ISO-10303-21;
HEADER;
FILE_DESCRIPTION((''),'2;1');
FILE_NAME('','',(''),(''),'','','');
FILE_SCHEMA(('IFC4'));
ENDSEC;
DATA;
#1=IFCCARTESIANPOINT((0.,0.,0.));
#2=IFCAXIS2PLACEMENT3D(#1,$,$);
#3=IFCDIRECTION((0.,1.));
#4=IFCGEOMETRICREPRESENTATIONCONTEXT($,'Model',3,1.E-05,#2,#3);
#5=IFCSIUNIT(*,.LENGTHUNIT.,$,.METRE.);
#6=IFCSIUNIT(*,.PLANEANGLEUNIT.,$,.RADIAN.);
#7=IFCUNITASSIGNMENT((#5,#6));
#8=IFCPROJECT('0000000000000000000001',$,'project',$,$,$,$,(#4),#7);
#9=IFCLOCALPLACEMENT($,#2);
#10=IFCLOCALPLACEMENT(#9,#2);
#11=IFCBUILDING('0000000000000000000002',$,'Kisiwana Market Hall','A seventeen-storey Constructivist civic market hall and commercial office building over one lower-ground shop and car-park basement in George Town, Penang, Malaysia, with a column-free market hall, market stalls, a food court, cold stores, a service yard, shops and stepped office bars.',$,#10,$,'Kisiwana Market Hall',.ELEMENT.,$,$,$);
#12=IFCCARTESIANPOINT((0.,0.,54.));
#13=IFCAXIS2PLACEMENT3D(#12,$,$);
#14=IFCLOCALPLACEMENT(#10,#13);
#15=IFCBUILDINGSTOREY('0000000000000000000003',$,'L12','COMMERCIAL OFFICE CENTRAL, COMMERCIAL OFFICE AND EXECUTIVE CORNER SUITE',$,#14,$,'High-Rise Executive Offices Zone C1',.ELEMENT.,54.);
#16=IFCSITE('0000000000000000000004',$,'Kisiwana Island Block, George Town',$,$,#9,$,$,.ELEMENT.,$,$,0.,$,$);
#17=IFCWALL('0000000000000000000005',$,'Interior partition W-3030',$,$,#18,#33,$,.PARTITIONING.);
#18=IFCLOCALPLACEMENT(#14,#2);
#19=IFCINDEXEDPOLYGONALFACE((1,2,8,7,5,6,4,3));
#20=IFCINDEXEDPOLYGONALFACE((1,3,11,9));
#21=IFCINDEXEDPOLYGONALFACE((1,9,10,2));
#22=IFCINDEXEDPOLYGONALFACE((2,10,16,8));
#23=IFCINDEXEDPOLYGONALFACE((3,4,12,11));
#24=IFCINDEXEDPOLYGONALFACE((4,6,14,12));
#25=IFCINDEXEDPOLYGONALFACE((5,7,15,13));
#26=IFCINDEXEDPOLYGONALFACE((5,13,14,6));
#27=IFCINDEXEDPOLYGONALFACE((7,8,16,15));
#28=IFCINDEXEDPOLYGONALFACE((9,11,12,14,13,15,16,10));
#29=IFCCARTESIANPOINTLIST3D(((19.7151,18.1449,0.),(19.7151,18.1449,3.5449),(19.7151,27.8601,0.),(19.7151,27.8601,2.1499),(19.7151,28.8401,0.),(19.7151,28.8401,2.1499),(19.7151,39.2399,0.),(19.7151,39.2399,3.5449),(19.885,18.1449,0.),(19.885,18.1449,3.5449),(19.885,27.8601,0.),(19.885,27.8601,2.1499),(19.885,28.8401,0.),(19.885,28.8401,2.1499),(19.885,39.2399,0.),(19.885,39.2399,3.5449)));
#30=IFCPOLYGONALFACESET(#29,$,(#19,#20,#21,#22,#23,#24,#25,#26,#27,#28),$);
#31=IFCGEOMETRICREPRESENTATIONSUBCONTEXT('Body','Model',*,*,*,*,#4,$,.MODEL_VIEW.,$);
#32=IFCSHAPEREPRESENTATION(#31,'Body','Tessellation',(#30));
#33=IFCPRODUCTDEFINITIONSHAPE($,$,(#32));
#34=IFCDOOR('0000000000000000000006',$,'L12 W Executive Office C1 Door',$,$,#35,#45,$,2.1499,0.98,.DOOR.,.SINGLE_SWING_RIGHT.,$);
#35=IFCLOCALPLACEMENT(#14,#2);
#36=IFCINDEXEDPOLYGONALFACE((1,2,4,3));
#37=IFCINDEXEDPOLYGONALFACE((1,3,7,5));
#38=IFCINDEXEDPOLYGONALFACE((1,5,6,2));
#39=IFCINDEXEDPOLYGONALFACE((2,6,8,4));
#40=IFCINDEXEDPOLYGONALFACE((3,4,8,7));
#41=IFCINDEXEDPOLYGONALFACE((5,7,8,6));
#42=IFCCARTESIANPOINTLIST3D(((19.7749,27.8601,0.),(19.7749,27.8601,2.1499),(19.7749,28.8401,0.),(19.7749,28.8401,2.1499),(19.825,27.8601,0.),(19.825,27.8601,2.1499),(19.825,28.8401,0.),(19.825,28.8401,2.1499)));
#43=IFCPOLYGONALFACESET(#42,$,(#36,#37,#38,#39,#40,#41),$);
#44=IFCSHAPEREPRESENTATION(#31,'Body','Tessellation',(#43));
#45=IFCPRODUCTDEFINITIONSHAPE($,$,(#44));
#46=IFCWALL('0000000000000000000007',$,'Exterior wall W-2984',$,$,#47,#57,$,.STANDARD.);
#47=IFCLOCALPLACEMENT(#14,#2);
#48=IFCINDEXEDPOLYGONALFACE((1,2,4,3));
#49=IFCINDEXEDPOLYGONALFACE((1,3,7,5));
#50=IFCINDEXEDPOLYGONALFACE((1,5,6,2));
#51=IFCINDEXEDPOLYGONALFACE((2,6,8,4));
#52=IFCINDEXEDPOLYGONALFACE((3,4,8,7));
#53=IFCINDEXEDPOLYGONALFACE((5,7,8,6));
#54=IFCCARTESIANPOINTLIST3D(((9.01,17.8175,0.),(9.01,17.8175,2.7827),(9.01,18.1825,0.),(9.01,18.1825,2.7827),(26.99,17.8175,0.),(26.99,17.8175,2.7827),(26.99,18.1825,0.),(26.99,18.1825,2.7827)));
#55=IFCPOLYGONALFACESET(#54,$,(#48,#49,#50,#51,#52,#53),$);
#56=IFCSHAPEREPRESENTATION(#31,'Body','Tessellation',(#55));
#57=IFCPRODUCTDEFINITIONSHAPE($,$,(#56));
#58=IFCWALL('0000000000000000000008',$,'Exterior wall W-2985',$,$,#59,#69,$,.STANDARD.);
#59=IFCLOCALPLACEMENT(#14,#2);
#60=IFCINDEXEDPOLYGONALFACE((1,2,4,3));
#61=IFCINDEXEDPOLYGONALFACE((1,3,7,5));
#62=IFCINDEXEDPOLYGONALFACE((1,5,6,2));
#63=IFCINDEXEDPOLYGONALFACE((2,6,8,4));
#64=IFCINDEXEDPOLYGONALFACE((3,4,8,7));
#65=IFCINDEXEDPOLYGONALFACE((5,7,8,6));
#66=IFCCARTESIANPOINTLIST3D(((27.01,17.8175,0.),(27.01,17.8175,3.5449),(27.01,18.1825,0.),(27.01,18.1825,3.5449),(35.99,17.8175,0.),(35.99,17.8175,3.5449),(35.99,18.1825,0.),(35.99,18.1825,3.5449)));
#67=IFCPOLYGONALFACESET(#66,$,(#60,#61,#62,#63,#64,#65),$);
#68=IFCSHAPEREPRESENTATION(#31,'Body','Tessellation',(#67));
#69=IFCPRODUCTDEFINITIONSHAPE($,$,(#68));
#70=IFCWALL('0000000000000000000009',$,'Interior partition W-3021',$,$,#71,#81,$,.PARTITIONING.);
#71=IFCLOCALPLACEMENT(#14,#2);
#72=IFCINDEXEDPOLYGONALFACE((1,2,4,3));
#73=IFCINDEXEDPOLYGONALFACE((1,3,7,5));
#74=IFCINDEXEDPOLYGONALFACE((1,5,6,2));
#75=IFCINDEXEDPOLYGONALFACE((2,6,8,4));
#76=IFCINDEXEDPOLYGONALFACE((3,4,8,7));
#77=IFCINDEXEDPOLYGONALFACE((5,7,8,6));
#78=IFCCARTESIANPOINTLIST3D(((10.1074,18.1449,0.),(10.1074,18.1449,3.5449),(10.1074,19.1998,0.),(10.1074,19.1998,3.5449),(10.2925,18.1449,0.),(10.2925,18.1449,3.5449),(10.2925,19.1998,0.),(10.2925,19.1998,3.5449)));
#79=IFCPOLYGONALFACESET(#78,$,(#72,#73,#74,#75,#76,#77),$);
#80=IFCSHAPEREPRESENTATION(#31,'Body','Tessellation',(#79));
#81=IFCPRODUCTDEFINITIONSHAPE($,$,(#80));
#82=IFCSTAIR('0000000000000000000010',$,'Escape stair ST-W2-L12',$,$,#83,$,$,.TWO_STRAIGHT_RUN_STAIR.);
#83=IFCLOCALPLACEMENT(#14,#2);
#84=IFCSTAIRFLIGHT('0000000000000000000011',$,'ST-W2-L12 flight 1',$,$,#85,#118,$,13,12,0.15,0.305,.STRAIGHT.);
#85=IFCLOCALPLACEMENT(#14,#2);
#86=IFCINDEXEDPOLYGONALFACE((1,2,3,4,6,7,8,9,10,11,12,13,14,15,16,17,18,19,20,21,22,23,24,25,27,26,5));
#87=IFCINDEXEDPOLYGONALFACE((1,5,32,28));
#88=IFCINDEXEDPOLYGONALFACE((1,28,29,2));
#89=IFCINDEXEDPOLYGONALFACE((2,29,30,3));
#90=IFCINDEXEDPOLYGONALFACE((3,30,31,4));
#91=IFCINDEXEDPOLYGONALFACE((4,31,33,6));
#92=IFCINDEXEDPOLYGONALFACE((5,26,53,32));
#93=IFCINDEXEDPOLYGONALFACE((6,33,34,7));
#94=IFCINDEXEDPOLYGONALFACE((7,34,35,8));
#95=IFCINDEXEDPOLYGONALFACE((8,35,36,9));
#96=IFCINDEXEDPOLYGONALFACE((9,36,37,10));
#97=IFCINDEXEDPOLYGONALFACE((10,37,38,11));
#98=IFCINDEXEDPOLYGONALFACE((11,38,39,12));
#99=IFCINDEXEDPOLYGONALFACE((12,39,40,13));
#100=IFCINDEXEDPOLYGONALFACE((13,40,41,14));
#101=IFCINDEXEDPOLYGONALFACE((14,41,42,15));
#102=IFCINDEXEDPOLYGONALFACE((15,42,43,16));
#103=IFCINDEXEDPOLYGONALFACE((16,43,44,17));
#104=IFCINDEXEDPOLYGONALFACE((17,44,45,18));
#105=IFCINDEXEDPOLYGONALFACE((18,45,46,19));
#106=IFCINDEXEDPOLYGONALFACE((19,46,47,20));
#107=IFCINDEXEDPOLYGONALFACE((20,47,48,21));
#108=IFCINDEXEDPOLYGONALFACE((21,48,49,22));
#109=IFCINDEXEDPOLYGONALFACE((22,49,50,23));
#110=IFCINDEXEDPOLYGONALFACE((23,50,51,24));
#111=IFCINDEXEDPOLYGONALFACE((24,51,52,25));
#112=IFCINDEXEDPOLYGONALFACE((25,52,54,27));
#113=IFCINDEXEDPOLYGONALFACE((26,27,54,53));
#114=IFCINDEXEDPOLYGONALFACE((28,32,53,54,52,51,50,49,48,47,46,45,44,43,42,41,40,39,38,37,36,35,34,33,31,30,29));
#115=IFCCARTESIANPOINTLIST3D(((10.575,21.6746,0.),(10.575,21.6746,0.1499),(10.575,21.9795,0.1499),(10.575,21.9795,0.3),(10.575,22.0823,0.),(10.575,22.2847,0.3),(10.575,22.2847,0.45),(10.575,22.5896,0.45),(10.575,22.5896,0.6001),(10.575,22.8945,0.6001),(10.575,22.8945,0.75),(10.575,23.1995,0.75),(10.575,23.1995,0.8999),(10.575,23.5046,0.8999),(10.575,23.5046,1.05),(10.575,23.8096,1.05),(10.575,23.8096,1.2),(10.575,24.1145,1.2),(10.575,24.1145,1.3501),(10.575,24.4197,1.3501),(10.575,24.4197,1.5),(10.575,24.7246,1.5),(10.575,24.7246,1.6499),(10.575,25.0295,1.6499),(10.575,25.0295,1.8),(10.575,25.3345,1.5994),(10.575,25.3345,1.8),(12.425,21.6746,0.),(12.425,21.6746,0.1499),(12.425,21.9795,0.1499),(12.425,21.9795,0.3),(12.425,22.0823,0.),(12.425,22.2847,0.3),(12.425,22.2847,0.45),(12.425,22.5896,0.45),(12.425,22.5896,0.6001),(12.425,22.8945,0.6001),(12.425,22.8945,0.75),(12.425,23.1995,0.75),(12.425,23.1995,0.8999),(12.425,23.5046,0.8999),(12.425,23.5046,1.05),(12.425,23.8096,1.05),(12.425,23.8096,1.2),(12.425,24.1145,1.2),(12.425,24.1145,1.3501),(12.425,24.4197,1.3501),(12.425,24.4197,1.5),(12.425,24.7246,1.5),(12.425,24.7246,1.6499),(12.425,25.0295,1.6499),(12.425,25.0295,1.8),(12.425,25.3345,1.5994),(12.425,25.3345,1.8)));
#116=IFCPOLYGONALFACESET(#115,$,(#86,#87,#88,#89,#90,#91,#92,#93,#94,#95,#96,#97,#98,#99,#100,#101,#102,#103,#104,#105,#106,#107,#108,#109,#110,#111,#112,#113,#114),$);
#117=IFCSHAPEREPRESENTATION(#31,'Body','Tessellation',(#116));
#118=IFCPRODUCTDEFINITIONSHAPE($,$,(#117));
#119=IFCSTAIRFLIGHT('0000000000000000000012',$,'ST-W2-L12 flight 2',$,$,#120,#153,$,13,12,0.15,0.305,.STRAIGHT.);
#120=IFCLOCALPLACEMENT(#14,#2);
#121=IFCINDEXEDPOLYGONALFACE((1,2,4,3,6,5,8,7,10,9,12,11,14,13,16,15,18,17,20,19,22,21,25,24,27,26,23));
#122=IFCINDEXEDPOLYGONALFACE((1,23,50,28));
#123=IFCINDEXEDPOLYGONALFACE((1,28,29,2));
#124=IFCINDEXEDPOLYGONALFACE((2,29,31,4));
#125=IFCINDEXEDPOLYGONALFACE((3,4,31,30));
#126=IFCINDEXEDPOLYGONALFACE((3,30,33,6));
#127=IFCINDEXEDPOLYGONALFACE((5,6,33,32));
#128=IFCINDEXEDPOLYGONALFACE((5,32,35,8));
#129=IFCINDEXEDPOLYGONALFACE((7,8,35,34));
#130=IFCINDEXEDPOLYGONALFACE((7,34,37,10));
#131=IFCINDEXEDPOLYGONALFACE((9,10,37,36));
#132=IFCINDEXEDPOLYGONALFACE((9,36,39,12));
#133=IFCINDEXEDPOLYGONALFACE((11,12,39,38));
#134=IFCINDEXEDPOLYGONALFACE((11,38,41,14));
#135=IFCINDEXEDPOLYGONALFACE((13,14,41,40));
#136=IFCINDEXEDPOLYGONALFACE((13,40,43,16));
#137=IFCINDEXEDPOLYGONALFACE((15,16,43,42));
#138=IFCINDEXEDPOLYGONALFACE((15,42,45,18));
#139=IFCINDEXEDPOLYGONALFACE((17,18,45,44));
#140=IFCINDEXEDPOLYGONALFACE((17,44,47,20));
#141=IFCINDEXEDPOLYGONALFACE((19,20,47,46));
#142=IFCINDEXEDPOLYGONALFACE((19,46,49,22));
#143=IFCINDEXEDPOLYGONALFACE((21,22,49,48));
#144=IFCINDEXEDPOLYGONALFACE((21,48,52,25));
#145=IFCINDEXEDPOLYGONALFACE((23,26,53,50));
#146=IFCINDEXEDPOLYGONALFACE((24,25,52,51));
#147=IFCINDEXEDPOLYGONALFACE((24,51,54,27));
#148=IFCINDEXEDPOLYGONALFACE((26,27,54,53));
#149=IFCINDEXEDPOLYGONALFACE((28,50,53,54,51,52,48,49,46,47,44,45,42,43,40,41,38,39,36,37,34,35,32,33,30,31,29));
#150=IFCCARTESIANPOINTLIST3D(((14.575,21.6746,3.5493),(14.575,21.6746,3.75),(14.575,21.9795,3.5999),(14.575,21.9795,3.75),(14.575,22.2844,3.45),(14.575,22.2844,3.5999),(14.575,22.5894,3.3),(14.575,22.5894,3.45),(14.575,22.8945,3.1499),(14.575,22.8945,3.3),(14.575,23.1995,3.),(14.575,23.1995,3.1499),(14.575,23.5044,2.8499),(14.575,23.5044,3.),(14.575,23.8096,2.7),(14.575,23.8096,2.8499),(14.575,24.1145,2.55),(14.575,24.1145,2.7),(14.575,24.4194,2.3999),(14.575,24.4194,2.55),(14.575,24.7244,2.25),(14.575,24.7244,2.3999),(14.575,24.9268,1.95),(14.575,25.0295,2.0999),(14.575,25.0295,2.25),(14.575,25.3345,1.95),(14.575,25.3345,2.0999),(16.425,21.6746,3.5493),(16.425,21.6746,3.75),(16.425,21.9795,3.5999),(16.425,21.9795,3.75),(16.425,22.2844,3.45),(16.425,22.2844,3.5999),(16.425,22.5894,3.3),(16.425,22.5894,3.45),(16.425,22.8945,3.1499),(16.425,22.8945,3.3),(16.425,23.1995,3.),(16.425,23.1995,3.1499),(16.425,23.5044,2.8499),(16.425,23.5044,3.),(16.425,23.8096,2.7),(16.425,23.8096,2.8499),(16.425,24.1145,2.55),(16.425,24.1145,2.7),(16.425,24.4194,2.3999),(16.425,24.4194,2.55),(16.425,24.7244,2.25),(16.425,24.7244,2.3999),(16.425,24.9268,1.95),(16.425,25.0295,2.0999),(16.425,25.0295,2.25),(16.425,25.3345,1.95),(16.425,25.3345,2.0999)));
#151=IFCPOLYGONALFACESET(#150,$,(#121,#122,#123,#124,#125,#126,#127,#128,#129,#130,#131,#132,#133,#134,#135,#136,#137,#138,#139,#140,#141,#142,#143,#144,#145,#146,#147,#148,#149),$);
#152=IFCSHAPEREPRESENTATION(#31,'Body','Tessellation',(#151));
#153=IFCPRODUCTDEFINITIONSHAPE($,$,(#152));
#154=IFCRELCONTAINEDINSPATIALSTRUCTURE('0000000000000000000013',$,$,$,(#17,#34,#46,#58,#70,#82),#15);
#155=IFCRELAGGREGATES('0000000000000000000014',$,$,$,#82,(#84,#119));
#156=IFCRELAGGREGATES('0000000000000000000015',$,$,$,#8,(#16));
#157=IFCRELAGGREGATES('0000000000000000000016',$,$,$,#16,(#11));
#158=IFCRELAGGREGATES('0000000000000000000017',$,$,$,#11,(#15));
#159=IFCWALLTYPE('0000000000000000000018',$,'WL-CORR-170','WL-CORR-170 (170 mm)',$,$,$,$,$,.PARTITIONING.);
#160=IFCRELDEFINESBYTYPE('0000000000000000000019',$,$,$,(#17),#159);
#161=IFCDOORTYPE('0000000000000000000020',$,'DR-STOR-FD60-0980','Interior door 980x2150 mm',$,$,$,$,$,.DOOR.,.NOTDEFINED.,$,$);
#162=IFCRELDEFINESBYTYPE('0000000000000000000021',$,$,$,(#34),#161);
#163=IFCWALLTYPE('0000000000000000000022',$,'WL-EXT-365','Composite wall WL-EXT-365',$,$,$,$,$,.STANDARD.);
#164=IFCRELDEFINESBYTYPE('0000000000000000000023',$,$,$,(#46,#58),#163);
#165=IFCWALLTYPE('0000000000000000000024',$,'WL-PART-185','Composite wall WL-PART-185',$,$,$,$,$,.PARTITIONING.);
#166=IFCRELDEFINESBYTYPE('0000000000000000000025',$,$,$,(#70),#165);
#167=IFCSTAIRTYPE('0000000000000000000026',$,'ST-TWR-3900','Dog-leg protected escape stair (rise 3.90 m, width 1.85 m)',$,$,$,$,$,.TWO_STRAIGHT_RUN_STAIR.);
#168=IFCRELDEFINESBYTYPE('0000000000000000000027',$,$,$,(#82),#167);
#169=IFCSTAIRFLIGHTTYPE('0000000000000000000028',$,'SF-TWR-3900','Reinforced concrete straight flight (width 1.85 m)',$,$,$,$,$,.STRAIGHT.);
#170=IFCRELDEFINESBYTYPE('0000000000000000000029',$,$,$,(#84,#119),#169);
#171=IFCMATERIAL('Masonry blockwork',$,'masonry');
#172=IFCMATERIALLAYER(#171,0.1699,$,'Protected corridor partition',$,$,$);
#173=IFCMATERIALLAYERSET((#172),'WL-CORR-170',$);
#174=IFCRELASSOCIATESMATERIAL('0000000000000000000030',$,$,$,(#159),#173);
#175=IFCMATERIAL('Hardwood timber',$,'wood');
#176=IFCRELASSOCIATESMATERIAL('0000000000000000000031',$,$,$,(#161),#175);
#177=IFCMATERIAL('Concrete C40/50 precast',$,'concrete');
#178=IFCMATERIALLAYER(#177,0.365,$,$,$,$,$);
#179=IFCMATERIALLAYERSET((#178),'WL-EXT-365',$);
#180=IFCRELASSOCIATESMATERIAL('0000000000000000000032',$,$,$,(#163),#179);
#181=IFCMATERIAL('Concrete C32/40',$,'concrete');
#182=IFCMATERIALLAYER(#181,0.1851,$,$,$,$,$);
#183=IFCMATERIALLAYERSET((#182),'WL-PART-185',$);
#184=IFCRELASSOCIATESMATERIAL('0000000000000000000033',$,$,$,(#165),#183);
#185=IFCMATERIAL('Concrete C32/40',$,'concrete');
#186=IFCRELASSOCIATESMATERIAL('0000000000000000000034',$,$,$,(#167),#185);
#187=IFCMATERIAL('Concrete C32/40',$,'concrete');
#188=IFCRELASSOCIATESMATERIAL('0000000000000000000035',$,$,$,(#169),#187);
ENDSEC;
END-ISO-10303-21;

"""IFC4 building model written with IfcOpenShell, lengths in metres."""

from ifc_helpers import new_model, si_unit, direction, frame, frame_2d, origin, place, context, subcontext, project, spatial, polyline, rectangle, outline, extrude, material, layer, layer_set, type_object, element, fill, aggregate, save


model = new_model("IFC4")

# Units and contexts
model_context = context("Model", 3, precision=1e-05, world=origin(), true_north=direction((0.0, 1.0)))
body_context = subcontext(model_context, "Body", "Model", "MODEL_VIEW")
ifc_project = project(units=[si_unit("LENGTHUNIT", "METRE"), si_unit("PLANEANGLEUNIT", "RADIAN")], contexts=[model_context])

# Site, building, storey
site_placement = place(None, origin())
site = spatial("IfcSite", under=ifc_project, at=site_placement, Name="Kisiwana Island Block, George Town", CompositionType="ELEMENT", RefElevation=0.0)
building_placement = place(site_placement, origin())
building = spatial("IfcBuilding", under=site, at=building_placement, Name="Kisiwana Market Hall", Description="A seventeen-storey Constructivist civic market hall and commercial office building over one lower-ground shop and car-park basement in George Town, Penang, Malaysia, with a column-free market hall, market stalls, a food court, cold stores, a service yard, shops and stepped office bars.", LongName="Kisiwana Market Hall", CompositionType="ELEMENT")
storey_placement = place(building_placement, frame((0.0, 0.0, 54.0)))
storey = spatial("IfcBuildingStorey", under=building, at=storey_placement, Name="L12", Description="COMMERCIAL OFFICE CENTRAL, COMMERCIAL OFFICE AND EXECUTIVE CORNER SUITE", LongName="High-Rise Executive Offices Zone C1", CompositionType="ELEMENT", Elevation=54.0)

# Wall, opening, door
ifc_material_1 = material(Name="Masonry blockwork", Category="masonry")
ifc_layer_1 = layer(ifc_material_1, 0.1699, Name="Protected corridor partition")
ifc_layer_set_1 = layer_set([ifc_layer_1], Name="WL-CORR-170")
wall_type_1 = type_object("IfcWallType", Name="WL-CORR-170", Description="WL-CORR-170 (170 mm)", PredefinedType="PARTITIONING", material=ifc_layer_set_1)
wall_1_placement = place(storey_placement, frame((19.8, 18.145, 0.0), z_axis=(0.0, 0.0, 1.0), x_axis=(0.0, 1.0, 0.0)))
wall_1 = element("IfcWall", 1, at=wall_1_placement, inside=storey, type_object=wall_type_1, Name="Interior partition W-3030", PredefinedType="PARTITIONING", context=body_context, shape_type="SweptSolid", body=[
    extrude(rectangle(XDim=21.095, YDim=0.1699, at=frame_2d((10.5474, 0.0))), origin(), (0.0, 0.0, 1.0), 3.5449),
])
opening_1_placement = place(wall_1_placement, frame((9.7151, 0.0, 0.0)))
opening_1 = element("IfcOpeningElement", 2, at=opening_1_placement, cuts=wall_1, PredefinedType="OPENING", context=body_context, shape_type="SweptSolid", body=[
    extrude(rectangle(XDim=0.98, YDim=2.1499, at=frame_2d((0.49, 1.075))), frame((0.0, 0.0969, 0.0), z_axis=(0.0, -1.0, 0.0), x_axis=(1.0, 0.0, 0.0)), (0.0, 0.0, 1.0), 0.1938),
])
ifc_material_2 = material(Name="Hardwood timber", Category="wood")
door_type_1 = type_object("IfcDoorType", Name="DR-STOR-FD60-0980", Description="Interior door 980x2150 mm", OperationType="NOTDEFINED", PredefinedType="DOOR", material=ifc_material_2)
door_1_placement = place(opening_1_placement, frame((0.98, 0.0, 0.0), z_axis=(0.0, 0.0, 1.0), x_axis=(-1.0, 0.0, 0.0)))
door_1 = element("IfcDoor", 3, at=door_1_placement, inside=storey, type_object=door_type_1, Name="L12 W Executive Office C1 Door", OperationType="SINGLE_SWING_RIGHT", OverallHeight=2.1499, OverallWidth=0.98, PredefinedType="DOOR", context=body_context, shape_type="SweptSolid", body=[
    extrude(rectangle(XDim=0.98, YDim=2.1499, at=frame_2d((0.49, 1.075))), frame((0.0, 0.0249, 0.0), z_axis=(0.0, -1.0, 0.0), x_axis=(1.0, 0.0, 0.0)), (0.0, 0.0, 1.0), 0.05),
])
fill(opening_1, door_1)

# Walls
ifc_material_3 = material(Name="Concrete C40/50 precast", Category="concrete")
ifc_layer_2 = layer(ifc_material_3, 0.365)
ifc_layer_set_2 = layer_set([ifc_layer_2], Name="WL-EXT-365")
wall_type_2 = type_object("IfcWallType", Name="WL-EXT-365", Description="Composite wall WL-EXT-365", PredefinedType="STANDARD", material=ifc_layer_set_2)
wall_2_placement = place(storey_placement, frame((9.01, 18.0, 0.0), z_axis=(0.0, 0.0, 1.0), x_axis=(1.0, 0.0, 0.0)))
element("IfcWall", 4, at=wall_2_placement, inside=storey, type_object=wall_type_2, Name="Exterior wall W-2984", PredefinedType="STANDARD", context=body_context, shape_type="SweptSolid", body=[
    extrude(rectangle(XDim=17.98, YDim=0.365, at=frame_2d((8.99, 0.0))), origin(), (0.0, 0.0, 1.0), 2.7827),
])
wall_3_placement = place(storey_placement, frame((27.01, 18.0, 0.0), z_axis=(0.0, 0.0, 1.0), x_axis=(1.0, 0.0, 0.0)))
element("IfcWall", 5, at=wall_3_placement, inside=storey, type_object=wall_type_2, Name="Exterior wall W-2985", PredefinedType="STANDARD", context=body_context, shape_type="SweptSolid", body=[
    extrude(rectangle(XDim=8.98, YDim=0.365, at=frame_2d((4.49, 0.0))), origin(), (0.0, 0.0, 1.0), 3.5449),
])
ifc_material_4 = material(Name="Concrete C32/40", Category="concrete")
ifc_layer_3 = layer(ifc_material_4, 0.1851)
ifc_layer_set_3 = layer_set([ifc_layer_3], Name="WL-PART-185")
wall_type_3 = type_object("IfcWallType", Name="WL-PART-185", Description="Composite wall WL-PART-185", PredefinedType="PARTITIONING", material=ifc_layer_set_3)
wall_4_placement = place(storey_placement, frame((10.2, 18.145, 0.0), z_axis=(0.0, 0.0, 1.0), x_axis=(0.0, 1.0, 0.0)))
element("IfcWall", 6, at=wall_4_placement, inside=storey, type_object=wall_type_3, Name="Interior partition W-3021", PredefinedType="PARTITIONING", context=body_context, shape_type="SweptSolid", body=[
    extrude(rectangle(XDim=1.0549, YDim=0.1851, at=frame_2d((0.5273, 0.0))), origin(), (0.0, 0.0, 1.0), 3.5449),
])

# Stair, stair flights
ifc_material_5 = material(Name="Concrete C32/40", Category="concrete")
stair_type = type_object("IfcStairType", Name="ST-TWR-3900", Description="Dog-leg protected escape stair (rise 3.90 m, width 1.85 m)", PredefinedType="TWO_STRAIGHT_RUN_STAIR", material=ifc_material_5)
stair_placement = place(storey_placement, origin())
stair = element("IfcStair", 7, at=stair_placement, inside=storey, type_object=stair_type, Name="Escape stair ST-W2-L12", PredefinedType="TWO_STRAIGHT_RUN_STAIR")
ifc_material_6 = material(Name="Concrete C32/40", Category="concrete")
stair_flight_type = type_object("IfcStairFlightType", Name="SF-TWR-3900", Description="Reinforced concrete straight flight (width 1.85 m)", PredefinedType="STRAIGHT", material=ifc_material_6)
stair_flight_1_placement = place(storey_placement, frame((11.5, 21.6746, 0.0), z_axis=(0.0, 0.0, 1.0), x_axis=(0.0, 1.0, 0.0)))
stair_flight_1 = element("IfcStairFlight", 8, at=stair_flight_1_placement, type_object=stair_flight_type, Name="ST-W2-L12 flight 1", NumberOfRisers=13, NumberOfTreads=12, PredefinedType="STRAIGHT", RiserHeight=0.15, TreadLength=0.305, context=body_context, shape_type="SweptSolid", body=[
    extrude(outline(polyline([(0.0, 0.0), (0.0, 0.1499), (0.3049, 0.1499), (0.3049, 0.3), (0.6101, 0.3), (0.6101, 0.45), (0.915, 0.45), (0.915, 0.6001), (1.22, 0.6001), (1.22, 0.75), (1.5249, 0.75), (1.5249, 0.8999), (1.8301, 0.8999), (1.8301, 1.05), (2.135, 1.05), (2.135, 1.2), (2.4399, 1.2), (2.4399, 1.3501), (2.7451, 1.3501), (2.7451, 1.5), (3.05, 1.5), (3.05, 1.6499), (3.355, 1.6499), (3.355, 1.8), (3.6599, 1.8), (3.6599, 1.95), (3.6599, 1.5994), (0.4077, 0.0), (0.0, 0.0)])), frame((0.0, 0.925, 0.0), z_axis=(0.0, -1.0, 0.0), x_axis=(1.0, 0.0, 0.0)), (0.0, 0.0, 1.0), 1.8501),
])
stair_flight_2_placement = place(storey_placement, frame((15.5, 25.3345, 1.95), z_axis=(0.0, 0.0, 1.0), x_axis=(0.0, -1.0, 0.0)))
stair_flight_2 = element("IfcStairFlight", 9, at=stair_flight_2_placement, type_object=stair_flight_type, Name="ST-W2-L12 flight 2", NumberOfRisers=13, NumberOfTreads=12, PredefinedType="STRAIGHT", RiserHeight=0.15, TreadLength=0.305, context=body_context, shape_type="SweptSolid", body=[
    extrude(outline(polyline([(0.0, 0.0), (0.0, 0.1499), (0.3049, 0.1499), (0.3049, 0.3), (0.6101, 0.3), (0.6101, 0.45), (0.915, 0.45), (0.915, 0.6001), (1.22, 0.6001), (1.22, 0.75), (1.5249, 0.75), (1.5249, 0.8999), (1.8301, 0.8999), (1.8301, 1.05), (2.135, 1.05), (2.135, 1.2), (2.4399, 1.2), (2.4399, 1.3501), (2.7451, 1.3501), (2.7451, 1.5), (3.05, 1.5), (3.05, 1.6499), (3.355, 1.6499), (3.355, 1.8), (3.6599, 1.8), (3.6599, 1.95), (3.6599, 1.5994), (0.4077, 0.0), (0.0, 0.0)])), frame((0.0, 0.925, 0.0), z_axis=(0.0, -1.0, 0.0), x_axis=(1.0, 0.0, 0.0)), (0.0, 0.0, 1.0), 1.8501),
])
aggregate(stair, [stair_flight_1, stair_flight_2])

save(model, "model.ifc")
